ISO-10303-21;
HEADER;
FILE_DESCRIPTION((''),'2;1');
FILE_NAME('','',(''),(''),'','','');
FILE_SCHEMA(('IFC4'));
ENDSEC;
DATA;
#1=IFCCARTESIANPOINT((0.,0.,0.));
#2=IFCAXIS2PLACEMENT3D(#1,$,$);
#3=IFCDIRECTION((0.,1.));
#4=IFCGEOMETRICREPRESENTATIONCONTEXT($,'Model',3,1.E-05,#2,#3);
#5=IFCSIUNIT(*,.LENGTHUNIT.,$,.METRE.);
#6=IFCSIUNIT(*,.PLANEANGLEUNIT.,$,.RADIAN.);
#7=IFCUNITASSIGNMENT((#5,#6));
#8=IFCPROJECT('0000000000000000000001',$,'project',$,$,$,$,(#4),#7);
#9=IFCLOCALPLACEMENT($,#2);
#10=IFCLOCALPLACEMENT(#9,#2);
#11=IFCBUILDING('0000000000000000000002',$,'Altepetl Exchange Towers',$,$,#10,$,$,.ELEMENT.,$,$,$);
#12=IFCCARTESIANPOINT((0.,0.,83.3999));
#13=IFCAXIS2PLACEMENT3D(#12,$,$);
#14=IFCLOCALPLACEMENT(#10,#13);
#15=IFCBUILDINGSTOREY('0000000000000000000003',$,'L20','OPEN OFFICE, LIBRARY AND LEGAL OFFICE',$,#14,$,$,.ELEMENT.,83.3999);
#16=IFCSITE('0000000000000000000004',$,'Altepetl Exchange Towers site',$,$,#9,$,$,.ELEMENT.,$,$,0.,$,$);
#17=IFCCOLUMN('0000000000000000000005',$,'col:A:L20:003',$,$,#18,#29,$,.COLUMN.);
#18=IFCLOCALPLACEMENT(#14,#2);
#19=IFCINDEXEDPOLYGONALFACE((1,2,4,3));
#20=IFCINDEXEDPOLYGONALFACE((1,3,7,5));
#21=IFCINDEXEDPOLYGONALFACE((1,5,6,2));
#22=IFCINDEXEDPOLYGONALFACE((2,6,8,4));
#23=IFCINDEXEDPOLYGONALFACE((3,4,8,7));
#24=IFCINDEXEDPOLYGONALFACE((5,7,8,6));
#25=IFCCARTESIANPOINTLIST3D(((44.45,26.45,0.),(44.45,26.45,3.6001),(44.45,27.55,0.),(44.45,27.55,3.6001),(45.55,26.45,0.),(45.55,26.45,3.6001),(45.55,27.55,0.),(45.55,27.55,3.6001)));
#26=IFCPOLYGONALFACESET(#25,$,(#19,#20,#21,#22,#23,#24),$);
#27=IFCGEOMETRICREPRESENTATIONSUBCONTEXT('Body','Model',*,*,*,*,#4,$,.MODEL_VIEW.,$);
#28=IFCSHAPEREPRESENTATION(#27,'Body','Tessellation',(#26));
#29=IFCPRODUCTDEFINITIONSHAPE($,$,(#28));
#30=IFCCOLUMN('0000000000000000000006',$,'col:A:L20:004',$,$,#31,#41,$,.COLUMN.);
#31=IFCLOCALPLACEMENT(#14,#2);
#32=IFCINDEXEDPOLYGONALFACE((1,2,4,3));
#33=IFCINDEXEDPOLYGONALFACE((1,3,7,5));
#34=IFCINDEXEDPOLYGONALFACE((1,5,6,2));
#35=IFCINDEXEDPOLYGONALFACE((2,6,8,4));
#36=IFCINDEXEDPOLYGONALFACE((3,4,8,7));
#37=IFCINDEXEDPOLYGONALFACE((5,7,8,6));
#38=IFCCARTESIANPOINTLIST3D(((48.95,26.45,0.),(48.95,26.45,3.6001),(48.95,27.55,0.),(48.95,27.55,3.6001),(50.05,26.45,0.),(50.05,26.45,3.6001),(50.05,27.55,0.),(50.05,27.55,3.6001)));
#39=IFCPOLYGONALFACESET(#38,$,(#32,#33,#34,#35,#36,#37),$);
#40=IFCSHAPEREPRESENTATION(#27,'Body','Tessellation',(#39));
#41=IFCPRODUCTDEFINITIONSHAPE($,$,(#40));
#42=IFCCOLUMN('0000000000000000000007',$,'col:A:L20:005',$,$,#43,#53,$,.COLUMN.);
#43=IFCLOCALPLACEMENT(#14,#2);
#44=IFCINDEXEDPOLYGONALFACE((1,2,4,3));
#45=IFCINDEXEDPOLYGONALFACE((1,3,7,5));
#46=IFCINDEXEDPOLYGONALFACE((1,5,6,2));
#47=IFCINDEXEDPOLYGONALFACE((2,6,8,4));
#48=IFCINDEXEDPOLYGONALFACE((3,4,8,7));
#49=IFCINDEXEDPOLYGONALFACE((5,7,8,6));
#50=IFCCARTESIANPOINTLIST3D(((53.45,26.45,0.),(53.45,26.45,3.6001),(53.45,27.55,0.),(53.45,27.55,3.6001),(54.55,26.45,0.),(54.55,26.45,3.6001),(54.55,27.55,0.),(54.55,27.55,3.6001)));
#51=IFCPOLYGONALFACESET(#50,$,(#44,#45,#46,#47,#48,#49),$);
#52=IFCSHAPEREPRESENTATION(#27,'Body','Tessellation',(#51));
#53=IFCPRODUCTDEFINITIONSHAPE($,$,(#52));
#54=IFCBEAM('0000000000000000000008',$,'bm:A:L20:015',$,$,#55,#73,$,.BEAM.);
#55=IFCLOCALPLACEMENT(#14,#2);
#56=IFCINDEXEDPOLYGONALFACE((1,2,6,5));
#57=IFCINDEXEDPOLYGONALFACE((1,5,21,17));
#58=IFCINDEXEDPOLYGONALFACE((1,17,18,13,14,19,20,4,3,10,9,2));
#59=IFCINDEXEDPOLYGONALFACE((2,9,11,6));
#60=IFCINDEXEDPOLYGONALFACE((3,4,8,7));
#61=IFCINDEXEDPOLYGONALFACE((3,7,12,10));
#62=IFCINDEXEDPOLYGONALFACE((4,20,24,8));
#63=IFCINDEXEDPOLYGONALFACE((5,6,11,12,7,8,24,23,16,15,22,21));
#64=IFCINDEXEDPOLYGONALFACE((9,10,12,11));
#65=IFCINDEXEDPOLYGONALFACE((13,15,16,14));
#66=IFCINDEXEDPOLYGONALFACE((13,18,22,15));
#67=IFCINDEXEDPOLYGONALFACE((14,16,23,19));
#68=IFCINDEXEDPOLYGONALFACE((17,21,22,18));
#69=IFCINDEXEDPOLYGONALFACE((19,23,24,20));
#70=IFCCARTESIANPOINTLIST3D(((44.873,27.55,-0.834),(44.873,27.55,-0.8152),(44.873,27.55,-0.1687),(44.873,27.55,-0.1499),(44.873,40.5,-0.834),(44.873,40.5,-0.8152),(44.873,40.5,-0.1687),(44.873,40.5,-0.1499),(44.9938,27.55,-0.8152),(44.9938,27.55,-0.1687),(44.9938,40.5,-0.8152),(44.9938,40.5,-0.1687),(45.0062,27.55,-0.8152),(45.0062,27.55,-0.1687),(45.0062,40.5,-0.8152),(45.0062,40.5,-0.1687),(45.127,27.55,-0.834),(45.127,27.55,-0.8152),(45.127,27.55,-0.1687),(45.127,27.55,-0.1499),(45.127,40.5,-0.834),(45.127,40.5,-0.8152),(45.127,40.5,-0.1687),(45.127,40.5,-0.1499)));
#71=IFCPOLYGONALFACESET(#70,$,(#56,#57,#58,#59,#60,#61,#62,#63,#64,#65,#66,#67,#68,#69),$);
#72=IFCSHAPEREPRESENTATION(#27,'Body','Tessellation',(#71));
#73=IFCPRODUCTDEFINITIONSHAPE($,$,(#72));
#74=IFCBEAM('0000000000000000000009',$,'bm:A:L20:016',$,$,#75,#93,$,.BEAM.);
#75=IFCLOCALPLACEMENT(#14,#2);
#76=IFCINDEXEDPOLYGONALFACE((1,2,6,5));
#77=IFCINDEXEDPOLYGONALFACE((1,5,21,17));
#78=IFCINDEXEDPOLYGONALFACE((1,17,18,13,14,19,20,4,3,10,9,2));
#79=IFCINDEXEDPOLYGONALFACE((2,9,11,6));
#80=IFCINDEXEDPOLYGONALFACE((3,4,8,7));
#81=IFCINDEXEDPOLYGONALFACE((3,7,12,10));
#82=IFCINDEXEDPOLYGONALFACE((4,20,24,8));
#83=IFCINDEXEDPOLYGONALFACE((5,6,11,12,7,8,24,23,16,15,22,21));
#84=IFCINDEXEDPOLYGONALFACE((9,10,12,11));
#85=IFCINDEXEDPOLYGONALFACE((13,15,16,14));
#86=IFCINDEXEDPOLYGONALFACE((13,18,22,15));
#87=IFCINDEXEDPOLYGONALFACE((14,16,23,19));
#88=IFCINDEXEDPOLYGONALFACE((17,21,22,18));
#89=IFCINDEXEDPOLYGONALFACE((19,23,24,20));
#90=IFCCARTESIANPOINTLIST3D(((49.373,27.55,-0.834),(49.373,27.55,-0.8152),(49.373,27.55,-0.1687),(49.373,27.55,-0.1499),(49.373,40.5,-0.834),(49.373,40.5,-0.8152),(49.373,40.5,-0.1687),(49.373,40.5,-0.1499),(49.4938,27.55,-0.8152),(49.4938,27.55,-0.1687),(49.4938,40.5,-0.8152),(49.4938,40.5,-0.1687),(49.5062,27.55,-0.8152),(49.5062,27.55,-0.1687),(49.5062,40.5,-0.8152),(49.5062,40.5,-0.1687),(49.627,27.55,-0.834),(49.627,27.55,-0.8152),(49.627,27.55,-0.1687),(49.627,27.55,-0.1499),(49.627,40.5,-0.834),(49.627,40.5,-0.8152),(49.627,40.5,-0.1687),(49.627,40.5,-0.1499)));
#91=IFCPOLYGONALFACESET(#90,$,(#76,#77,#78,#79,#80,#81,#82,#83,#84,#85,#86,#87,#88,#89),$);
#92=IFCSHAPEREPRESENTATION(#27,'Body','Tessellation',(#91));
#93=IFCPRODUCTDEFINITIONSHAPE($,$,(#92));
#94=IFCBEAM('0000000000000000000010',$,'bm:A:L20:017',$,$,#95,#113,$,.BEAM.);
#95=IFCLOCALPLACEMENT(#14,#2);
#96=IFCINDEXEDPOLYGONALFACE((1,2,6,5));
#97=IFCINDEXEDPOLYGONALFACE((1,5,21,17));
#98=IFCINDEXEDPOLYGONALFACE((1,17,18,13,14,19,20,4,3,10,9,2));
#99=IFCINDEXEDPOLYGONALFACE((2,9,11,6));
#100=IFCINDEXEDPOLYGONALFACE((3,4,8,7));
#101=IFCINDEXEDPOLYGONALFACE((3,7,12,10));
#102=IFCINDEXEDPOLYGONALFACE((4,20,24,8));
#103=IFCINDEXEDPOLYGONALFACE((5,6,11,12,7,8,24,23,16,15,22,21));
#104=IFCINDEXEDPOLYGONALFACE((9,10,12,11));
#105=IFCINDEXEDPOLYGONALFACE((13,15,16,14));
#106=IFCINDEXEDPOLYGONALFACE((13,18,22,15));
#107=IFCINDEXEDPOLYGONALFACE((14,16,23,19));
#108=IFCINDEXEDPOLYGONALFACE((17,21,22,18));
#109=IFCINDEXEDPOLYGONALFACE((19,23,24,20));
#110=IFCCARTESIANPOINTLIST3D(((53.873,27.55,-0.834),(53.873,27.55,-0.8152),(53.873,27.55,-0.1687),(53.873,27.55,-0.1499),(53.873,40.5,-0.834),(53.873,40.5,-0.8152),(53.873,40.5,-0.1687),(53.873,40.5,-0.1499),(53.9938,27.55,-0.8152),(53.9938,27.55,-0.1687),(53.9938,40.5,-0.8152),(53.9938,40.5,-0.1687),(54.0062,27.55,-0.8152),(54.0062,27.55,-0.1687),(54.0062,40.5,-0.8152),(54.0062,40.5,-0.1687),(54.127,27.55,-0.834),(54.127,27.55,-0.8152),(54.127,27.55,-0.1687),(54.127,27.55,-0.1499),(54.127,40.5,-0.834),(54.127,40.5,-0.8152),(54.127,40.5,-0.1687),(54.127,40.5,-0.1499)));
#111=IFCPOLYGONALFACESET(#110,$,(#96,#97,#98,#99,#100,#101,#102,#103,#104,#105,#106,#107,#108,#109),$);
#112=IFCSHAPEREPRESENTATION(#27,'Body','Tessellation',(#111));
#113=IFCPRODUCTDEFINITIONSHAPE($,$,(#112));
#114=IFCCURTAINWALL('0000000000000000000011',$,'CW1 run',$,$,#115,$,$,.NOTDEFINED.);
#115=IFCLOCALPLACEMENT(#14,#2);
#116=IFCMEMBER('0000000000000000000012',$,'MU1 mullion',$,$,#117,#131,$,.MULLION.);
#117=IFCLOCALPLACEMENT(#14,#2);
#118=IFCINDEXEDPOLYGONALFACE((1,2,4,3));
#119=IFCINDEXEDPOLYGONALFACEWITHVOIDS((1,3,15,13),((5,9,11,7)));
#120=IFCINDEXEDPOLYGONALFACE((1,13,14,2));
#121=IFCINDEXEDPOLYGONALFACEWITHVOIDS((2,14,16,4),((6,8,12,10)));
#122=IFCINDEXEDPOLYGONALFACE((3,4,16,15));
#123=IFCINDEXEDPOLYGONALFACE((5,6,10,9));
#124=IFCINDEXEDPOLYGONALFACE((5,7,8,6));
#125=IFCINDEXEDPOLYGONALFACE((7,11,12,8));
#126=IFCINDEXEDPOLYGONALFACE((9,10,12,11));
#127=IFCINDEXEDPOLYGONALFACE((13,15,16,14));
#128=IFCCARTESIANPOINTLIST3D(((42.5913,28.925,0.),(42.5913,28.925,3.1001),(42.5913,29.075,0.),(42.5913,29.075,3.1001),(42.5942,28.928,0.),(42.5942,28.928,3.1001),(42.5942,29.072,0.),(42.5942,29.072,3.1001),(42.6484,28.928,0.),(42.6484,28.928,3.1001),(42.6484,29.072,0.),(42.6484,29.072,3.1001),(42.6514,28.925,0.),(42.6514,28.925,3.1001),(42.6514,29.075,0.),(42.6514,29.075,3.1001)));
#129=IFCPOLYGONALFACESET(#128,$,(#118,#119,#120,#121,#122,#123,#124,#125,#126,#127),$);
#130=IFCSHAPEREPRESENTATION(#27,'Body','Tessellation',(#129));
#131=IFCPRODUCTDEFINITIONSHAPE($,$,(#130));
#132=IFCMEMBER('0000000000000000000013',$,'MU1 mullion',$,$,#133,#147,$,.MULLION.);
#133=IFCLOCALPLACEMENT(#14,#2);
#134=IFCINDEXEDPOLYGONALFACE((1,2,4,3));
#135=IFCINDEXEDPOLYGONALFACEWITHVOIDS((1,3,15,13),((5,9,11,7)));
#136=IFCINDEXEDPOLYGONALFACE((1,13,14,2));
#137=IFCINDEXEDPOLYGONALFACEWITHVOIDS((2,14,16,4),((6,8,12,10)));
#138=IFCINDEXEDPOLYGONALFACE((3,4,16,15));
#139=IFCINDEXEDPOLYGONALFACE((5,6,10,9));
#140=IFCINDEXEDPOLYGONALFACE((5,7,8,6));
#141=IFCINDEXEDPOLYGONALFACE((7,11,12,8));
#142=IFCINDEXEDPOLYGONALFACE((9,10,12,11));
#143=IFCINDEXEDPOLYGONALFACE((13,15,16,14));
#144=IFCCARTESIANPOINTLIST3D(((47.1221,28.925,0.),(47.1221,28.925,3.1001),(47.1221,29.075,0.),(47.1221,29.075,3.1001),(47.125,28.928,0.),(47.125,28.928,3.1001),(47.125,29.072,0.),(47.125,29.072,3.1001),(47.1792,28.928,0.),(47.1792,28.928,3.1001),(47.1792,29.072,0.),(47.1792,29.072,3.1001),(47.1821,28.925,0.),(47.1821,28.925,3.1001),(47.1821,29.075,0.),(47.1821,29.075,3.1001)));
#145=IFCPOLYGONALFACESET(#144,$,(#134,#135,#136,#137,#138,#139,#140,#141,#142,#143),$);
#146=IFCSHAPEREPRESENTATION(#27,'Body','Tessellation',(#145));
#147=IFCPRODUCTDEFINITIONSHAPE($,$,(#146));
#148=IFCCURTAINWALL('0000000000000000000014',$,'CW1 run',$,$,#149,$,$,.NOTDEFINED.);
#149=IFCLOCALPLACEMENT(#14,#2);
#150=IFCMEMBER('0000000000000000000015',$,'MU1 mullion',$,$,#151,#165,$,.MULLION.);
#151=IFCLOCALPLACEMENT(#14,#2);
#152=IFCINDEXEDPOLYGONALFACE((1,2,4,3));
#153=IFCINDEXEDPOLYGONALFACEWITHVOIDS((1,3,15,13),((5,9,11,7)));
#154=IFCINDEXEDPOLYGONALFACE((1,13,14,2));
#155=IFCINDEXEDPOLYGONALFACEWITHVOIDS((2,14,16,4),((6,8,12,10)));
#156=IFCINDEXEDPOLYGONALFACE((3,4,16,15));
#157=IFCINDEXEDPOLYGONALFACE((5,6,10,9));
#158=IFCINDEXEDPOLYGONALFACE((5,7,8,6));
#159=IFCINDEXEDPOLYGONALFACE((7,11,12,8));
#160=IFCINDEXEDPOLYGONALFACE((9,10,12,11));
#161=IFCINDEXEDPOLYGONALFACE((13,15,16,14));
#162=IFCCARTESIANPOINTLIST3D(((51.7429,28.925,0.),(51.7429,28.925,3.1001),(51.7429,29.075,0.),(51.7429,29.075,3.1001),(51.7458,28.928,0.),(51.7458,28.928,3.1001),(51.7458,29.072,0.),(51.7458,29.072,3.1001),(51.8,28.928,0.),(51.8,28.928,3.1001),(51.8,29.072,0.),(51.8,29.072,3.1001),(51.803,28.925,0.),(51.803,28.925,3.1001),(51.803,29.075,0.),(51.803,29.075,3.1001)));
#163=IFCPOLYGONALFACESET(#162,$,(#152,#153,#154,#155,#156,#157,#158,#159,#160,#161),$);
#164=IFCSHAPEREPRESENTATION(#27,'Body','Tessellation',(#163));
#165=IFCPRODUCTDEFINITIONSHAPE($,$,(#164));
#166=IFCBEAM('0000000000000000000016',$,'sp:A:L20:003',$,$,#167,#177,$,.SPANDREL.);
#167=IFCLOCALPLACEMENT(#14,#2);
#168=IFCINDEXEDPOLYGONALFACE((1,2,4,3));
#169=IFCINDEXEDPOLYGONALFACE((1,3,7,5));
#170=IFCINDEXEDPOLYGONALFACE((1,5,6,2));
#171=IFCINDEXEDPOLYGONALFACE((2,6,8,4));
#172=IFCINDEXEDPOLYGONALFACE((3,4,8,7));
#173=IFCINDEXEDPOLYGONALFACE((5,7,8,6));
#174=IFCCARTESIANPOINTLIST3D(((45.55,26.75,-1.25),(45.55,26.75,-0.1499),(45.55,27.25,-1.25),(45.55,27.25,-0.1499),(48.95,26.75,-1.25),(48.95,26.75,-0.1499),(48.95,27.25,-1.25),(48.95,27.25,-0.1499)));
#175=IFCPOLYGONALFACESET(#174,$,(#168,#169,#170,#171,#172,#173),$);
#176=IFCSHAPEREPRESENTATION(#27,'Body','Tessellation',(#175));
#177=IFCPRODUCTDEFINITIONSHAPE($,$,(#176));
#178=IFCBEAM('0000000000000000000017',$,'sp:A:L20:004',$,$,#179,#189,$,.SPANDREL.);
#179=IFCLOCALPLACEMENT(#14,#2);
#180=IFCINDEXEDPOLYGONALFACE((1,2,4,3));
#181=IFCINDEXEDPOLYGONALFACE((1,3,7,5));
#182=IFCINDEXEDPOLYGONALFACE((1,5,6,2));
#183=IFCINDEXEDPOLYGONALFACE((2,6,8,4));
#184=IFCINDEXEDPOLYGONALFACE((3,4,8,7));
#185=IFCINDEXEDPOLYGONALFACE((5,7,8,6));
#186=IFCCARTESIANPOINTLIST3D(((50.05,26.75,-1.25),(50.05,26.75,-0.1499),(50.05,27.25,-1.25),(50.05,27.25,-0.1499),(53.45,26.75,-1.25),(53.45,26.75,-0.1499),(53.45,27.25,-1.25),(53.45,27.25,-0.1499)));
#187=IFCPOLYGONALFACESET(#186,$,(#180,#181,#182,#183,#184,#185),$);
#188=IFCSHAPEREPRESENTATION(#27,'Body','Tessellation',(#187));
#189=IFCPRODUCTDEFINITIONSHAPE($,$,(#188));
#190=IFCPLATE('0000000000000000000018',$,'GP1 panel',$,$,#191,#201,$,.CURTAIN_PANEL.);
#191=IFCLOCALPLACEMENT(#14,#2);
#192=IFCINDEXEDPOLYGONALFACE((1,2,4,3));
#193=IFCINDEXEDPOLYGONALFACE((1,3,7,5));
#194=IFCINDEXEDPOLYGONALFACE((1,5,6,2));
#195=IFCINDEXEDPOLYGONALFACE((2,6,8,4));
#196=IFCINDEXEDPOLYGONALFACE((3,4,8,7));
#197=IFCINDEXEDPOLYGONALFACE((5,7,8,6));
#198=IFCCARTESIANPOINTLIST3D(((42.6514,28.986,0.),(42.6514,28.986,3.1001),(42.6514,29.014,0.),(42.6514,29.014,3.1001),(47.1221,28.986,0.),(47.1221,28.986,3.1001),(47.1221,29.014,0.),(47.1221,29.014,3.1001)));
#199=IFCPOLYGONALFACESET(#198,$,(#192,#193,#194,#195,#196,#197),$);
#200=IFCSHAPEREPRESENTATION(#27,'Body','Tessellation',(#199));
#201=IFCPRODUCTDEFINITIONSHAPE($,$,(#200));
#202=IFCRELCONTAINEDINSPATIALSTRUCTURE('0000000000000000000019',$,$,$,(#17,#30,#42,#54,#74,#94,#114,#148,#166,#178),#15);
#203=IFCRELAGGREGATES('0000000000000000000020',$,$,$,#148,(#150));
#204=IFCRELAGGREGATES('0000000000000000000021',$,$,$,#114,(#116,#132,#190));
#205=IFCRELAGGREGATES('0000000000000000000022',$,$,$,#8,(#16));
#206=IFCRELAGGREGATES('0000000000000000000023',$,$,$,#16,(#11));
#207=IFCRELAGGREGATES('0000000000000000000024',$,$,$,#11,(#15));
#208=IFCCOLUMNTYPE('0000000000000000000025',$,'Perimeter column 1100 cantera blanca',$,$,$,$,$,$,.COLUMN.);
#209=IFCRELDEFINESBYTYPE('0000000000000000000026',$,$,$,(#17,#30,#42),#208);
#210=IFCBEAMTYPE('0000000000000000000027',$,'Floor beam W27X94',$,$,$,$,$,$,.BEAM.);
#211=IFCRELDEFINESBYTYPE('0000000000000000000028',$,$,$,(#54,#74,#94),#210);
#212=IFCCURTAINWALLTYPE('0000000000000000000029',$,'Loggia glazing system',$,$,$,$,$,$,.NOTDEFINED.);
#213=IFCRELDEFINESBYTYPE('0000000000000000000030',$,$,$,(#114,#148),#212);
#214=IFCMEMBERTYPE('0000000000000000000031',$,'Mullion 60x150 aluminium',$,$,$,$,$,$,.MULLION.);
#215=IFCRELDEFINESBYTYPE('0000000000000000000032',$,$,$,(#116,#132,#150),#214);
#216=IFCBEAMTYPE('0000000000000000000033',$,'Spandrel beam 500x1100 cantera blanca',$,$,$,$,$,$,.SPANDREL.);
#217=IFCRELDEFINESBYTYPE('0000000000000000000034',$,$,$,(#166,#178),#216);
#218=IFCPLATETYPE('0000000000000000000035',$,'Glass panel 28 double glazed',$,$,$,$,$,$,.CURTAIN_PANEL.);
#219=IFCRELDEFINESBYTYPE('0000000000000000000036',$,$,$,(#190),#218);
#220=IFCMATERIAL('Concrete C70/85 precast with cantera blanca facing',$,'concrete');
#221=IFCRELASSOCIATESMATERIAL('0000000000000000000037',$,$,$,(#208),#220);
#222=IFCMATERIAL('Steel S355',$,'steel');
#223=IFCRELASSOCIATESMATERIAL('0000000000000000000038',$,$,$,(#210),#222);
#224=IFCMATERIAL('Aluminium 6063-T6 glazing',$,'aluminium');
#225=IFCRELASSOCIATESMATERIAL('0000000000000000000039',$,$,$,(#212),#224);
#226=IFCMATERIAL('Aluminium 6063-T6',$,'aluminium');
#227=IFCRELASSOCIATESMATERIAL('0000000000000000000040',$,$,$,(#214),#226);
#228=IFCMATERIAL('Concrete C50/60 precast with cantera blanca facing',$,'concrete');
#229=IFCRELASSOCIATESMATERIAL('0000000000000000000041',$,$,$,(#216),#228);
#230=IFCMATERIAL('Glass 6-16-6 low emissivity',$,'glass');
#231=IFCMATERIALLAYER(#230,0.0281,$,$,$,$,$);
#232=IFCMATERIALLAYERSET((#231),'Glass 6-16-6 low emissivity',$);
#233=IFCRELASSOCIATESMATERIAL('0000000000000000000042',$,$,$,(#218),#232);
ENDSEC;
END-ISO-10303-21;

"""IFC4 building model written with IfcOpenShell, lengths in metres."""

from ifc_helpers import new_model, si_unit, direction, frame, origin, origin_2d, place, context, subcontext, project, spatial, rectangle, hollow_rectangle, i_section, extrude, material, layer, layer_set, material_profile, profile_set, type_object, element, aggregate, save


model = new_model("IFC4")

# Units and contexts
model_context = context("Model", 3, precision=1e-05, world=origin(), true_north=direction((0.0, 1.0)))
body_context = subcontext(model_context, "Body", "Model", "MODEL_VIEW")
ifc_project = project(units=[si_unit("LENGTHUNIT", "METRE"), si_unit("PLANEANGLEUNIT", "RADIAN")], contexts=[model_context])

# Site, building, storey
site_placement = place(None, origin())
site = spatial("IfcSite", under=ifc_project, at=site_placement, Name="Altepetl Exchange Towers site", CompositionType="ELEMENT", RefElevation=0.0)
building_placement = place(site_placement, origin())
building = spatial("IfcBuilding", under=site, at=building_placement, Name="Altepetl Exchange Towers", CompositionType="ELEMENT")
storey_placement = place(building_placement, frame((0.0, 0.0, 83.3999)))
storey = spatial("IfcBuildingStorey", under=building, at=storey_placement, Name="L20", Description="OPEN OFFICE, LIBRARY AND LEGAL OFFICE", CompositionType="ELEMENT", Elevation=83.3999)

# Columns
ifc_material_1 = material(Name="Concrete C70/85 precast with cantera blanca facing", Category="concrete")
ifc_material_profile_1 = material_profile(ifc_material_1, rectangle(XDim=1.1001, YDim=1.1001, at=origin_2d()), Name="1100 x 1100")
ifc_profile_set_1 = profile_set([ifc_material_profile_1], Name="Concrete C70/85 precast with cantera blanca facing")
column_type = type_object("IfcColumnType", Name="Perimeter column 1100 cantera blanca", PredefinedType="COLUMN", material=ifc_profile_set_1)
for number, where, name in (
    (1, (45.0, 27.0, 0.0), "col:A:L20:003"),
    (2, (49.5, 27.0, 0.0), "col:A:L20:004"),
    (3, (54.0, 27.0, 0.0), "col:A:L20:005"),
):
    element("IfcColumn", number, at=place(storey_placement, frame(where)), inside=storey, type_object=column_type, Name=name, PredefinedType="COLUMN", context=body_context, shape_type="SweptSolid", body=[
        extrude(rectangle(XDim=1.1001, YDim=1.1001, at=origin_2d()), origin(), (0.0, 0.0, 1.0), 3.6001),
    ])

# Beams
ifc_material_2 = material(Name="Steel S355", Category="steel")
ifc_material_profile_2 = material_profile(ifc_material_2, i_section(OverallWidth=0.2539, OverallDepth=0.6841, WebThickness=0.0125, FlangeThickness=0.0188, at=origin_2d()), Name="W27X94")
ifc_profile_set_2 = profile_set([ifc_material_profile_2], Name="Steel S355")
beam_type_1 = type_object("IfcBeamType", Name="Floor beam W27X94", PredefinedType="BEAM", material=ifc_profile_set_2)
for number, where, z_axis, x_axis, name in (
    (4, (45.0, 27.55, -0.4919), (0.0, 1.0, 0.0), (-1.0, 0.0, 0.0), "bm:A:L20:015"),
    (5, (49.5, 27.55, -0.4919), (0.0, 1.0, 0.0), (-1.0, 0.0, 0.0), "bm:A:L20:016"),
    (6, (54.0, 27.55, -0.4919), (0.0, 1.0, 0.0), (-1.0, 0.0, 0.0), "bm:A:L20:017"),
):
    element("IfcBeam", number, at=place(storey_placement, frame(where, z_axis=z_axis, x_axis=x_axis)), inside=storey, type_object=beam_type_1, Name=name, PredefinedType="BEAM", context=body_context, shape_type="SweptSolid", body=[
        extrude(i_section(OverallWidth=0.2539, OverallDepth=0.6841, WebThickness=0.0125, FlangeThickness=0.0188, at=origin_2d()), origin(), (0.0, 0.0, 1.0), 12.95),
    ])

# Curtain wall, members
ifc_material_3 = material(Name="Aluminium 6063-T6 glazing", Category="aluminium")
curtain_wall_type = type_object("IfcCurtainWallType", Name="Loggia glazing system", PredefinedType="NOTDEFINED", material=ifc_material_3)
curtain_wall_1_placement = place(storey_placement, origin())
curtain_wall_1 = element("IfcCurtainWall", 7, at=curtain_wall_1_placement, inside=storey, type_object=curtain_wall_type, Name="CW1 run", PredefinedType="NOTDEFINED")
ifc_material_4 = material(Name="Aluminium 6063-T6", Category="aluminium")
ifc_material_profile_3 = material_profile(ifc_material_4, hollow_rectangle(XDim=0.0601, YDim=0.1499, WallThickness=0.0029, at=origin_2d()), Name="Mullion 60x150 aluminium")
ifc_profile_set_3 = profile_set([ifc_material_profile_3], Name="Aluminium 6063-T6")
member_type = type_object("IfcMemberType", Name="Mullion 60x150 aluminium", PredefinedType="MULLION", material=ifc_profile_set_3)
member_1_placement = place(storey_placement, frame((42.6213, 29.0, 0.0)))
member_1 = element("IfcMember", 8, at=member_1_placement, type_object=member_type, Name="MU1 mullion", PredefinedType="MULLION", context=body_context, shape_type="SweptSolid", body=[
    extrude(hollow_rectangle(XDim=0.0601, YDim=0.1499, WallThickness=0.0029, at=origin_2d()), origin(), (0.0, 0.0, 1.0), 3.1001),
])
member_2_placement = place(storey_placement, frame((47.1521, 29.0, 0.0)))
member_2 = element("IfcMember", 9, at=member_2_placement, type_object=member_type, Name="MU1 mullion", PredefinedType="MULLION", context=body_context, shape_type="SweptSolid", body=[
    extrude(hollow_rectangle(XDim=0.0601, YDim=0.1499, WallThickness=0.0029, at=origin_2d()), origin(), (0.0, 0.0, 1.0), 3.1001),
])

# Curtain wall, member
curtain_wall_2_placement = place(storey_placement, origin())
curtain_wall_2 = element("IfcCurtainWall", 10, at=curtain_wall_2_placement, inside=storey, type_object=curtain_wall_type, Name="CW1 run", PredefinedType="NOTDEFINED")
member_3_placement = place(storey_placement, frame((51.7729, 29.0, 0.0)))
member_3 = element("IfcMember", 11, at=member_3_placement, type_object=member_type, Name="MU1 mullion", PredefinedType="MULLION", context=body_context, shape_type="SweptSolid", body=[
    extrude(hollow_rectangle(XDim=0.0601, YDim=0.1499, WallThickness=0.0029, at=origin_2d()), origin(), (0.0, 0.0, 1.0), 3.1001),
])
aggregate(curtain_wall_2, [member_3])

# Beams
ifc_material_5 = material(Name="Concrete C50/60 precast with cantera blanca facing", Category="concrete")
ifc_material_profile_4 = material_profile(ifc_material_5, rectangle(XDim=0.5, YDim=1.1001, at=origin_2d()), Name="500 x 1100")
ifc_profile_set_4 = profile_set([ifc_material_profile_4], Name="Concrete C50/60 precast with cantera blanca facing")
beam_type_2 = type_object("IfcBeamType", Name="Spandrel beam 500x1100 cantera blanca", PredefinedType="SPANDREL", material=ifc_profile_set_4)
for number, where, z_axis, x_axis, name in (
    (12, (45.55, 27.0, -0.7), (1.0, 0.0, 0.0), (0.0, 1.0, 0.0), "sp:A:L20:003"),
    (13, (50.05, 27.0, -0.7), (1.0, 0.0, 0.0), (0.0, 1.0, 0.0), "sp:A:L20:004"),
):
    element("IfcBeam", number, at=place(storey_placement, frame(where, z_axis=z_axis, x_axis=x_axis)), inside=storey, type_object=beam_type_2, Name=name, PredefinedType="SPANDREL", context=body_context, shape_type="SweptSolid", body=[
        extrude(rectangle(XDim=0.5, YDim=1.1001, at=origin_2d()), origin(), (0.0, 0.0, 1.0), 3.3999),
    ])

# Plate
ifc_material_6 = material(Name="Glass 6-16-6 low emissivity", Category="glass")
ifc_layer_1 = layer(ifc_material_6, 0.0281)
ifc_layer_set_1 = layer_set([ifc_layer_1], Name="Glass 6-16-6 low emissivity")
plate_type = type_object("IfcPlateType", Name="Glass panel 28 double glazed", PredefinedType="CURTAIN_PANEL", material=ifc_layer_set_1)
plate_placement = place(storey_placement, frame((44.8867, 29.0, 0.0)))
plate = element("IfcPlate", 14, at=plate_placement, type_object=plate_type, Name="GP1 panel", PredefinedType="CURTAIN_PANEL", context=body_context, shape_type="SweptSolid", body=[
    extrude(rectangle(XDim=4.4707, YDim=0.0281, at=origin_2d()), origin(), (0.0, 0.0, 1.0), 3.1001),
])
aggregate(curtain_wall_1, [member_1, member_2, plate])

save(model, "model.ifc")
